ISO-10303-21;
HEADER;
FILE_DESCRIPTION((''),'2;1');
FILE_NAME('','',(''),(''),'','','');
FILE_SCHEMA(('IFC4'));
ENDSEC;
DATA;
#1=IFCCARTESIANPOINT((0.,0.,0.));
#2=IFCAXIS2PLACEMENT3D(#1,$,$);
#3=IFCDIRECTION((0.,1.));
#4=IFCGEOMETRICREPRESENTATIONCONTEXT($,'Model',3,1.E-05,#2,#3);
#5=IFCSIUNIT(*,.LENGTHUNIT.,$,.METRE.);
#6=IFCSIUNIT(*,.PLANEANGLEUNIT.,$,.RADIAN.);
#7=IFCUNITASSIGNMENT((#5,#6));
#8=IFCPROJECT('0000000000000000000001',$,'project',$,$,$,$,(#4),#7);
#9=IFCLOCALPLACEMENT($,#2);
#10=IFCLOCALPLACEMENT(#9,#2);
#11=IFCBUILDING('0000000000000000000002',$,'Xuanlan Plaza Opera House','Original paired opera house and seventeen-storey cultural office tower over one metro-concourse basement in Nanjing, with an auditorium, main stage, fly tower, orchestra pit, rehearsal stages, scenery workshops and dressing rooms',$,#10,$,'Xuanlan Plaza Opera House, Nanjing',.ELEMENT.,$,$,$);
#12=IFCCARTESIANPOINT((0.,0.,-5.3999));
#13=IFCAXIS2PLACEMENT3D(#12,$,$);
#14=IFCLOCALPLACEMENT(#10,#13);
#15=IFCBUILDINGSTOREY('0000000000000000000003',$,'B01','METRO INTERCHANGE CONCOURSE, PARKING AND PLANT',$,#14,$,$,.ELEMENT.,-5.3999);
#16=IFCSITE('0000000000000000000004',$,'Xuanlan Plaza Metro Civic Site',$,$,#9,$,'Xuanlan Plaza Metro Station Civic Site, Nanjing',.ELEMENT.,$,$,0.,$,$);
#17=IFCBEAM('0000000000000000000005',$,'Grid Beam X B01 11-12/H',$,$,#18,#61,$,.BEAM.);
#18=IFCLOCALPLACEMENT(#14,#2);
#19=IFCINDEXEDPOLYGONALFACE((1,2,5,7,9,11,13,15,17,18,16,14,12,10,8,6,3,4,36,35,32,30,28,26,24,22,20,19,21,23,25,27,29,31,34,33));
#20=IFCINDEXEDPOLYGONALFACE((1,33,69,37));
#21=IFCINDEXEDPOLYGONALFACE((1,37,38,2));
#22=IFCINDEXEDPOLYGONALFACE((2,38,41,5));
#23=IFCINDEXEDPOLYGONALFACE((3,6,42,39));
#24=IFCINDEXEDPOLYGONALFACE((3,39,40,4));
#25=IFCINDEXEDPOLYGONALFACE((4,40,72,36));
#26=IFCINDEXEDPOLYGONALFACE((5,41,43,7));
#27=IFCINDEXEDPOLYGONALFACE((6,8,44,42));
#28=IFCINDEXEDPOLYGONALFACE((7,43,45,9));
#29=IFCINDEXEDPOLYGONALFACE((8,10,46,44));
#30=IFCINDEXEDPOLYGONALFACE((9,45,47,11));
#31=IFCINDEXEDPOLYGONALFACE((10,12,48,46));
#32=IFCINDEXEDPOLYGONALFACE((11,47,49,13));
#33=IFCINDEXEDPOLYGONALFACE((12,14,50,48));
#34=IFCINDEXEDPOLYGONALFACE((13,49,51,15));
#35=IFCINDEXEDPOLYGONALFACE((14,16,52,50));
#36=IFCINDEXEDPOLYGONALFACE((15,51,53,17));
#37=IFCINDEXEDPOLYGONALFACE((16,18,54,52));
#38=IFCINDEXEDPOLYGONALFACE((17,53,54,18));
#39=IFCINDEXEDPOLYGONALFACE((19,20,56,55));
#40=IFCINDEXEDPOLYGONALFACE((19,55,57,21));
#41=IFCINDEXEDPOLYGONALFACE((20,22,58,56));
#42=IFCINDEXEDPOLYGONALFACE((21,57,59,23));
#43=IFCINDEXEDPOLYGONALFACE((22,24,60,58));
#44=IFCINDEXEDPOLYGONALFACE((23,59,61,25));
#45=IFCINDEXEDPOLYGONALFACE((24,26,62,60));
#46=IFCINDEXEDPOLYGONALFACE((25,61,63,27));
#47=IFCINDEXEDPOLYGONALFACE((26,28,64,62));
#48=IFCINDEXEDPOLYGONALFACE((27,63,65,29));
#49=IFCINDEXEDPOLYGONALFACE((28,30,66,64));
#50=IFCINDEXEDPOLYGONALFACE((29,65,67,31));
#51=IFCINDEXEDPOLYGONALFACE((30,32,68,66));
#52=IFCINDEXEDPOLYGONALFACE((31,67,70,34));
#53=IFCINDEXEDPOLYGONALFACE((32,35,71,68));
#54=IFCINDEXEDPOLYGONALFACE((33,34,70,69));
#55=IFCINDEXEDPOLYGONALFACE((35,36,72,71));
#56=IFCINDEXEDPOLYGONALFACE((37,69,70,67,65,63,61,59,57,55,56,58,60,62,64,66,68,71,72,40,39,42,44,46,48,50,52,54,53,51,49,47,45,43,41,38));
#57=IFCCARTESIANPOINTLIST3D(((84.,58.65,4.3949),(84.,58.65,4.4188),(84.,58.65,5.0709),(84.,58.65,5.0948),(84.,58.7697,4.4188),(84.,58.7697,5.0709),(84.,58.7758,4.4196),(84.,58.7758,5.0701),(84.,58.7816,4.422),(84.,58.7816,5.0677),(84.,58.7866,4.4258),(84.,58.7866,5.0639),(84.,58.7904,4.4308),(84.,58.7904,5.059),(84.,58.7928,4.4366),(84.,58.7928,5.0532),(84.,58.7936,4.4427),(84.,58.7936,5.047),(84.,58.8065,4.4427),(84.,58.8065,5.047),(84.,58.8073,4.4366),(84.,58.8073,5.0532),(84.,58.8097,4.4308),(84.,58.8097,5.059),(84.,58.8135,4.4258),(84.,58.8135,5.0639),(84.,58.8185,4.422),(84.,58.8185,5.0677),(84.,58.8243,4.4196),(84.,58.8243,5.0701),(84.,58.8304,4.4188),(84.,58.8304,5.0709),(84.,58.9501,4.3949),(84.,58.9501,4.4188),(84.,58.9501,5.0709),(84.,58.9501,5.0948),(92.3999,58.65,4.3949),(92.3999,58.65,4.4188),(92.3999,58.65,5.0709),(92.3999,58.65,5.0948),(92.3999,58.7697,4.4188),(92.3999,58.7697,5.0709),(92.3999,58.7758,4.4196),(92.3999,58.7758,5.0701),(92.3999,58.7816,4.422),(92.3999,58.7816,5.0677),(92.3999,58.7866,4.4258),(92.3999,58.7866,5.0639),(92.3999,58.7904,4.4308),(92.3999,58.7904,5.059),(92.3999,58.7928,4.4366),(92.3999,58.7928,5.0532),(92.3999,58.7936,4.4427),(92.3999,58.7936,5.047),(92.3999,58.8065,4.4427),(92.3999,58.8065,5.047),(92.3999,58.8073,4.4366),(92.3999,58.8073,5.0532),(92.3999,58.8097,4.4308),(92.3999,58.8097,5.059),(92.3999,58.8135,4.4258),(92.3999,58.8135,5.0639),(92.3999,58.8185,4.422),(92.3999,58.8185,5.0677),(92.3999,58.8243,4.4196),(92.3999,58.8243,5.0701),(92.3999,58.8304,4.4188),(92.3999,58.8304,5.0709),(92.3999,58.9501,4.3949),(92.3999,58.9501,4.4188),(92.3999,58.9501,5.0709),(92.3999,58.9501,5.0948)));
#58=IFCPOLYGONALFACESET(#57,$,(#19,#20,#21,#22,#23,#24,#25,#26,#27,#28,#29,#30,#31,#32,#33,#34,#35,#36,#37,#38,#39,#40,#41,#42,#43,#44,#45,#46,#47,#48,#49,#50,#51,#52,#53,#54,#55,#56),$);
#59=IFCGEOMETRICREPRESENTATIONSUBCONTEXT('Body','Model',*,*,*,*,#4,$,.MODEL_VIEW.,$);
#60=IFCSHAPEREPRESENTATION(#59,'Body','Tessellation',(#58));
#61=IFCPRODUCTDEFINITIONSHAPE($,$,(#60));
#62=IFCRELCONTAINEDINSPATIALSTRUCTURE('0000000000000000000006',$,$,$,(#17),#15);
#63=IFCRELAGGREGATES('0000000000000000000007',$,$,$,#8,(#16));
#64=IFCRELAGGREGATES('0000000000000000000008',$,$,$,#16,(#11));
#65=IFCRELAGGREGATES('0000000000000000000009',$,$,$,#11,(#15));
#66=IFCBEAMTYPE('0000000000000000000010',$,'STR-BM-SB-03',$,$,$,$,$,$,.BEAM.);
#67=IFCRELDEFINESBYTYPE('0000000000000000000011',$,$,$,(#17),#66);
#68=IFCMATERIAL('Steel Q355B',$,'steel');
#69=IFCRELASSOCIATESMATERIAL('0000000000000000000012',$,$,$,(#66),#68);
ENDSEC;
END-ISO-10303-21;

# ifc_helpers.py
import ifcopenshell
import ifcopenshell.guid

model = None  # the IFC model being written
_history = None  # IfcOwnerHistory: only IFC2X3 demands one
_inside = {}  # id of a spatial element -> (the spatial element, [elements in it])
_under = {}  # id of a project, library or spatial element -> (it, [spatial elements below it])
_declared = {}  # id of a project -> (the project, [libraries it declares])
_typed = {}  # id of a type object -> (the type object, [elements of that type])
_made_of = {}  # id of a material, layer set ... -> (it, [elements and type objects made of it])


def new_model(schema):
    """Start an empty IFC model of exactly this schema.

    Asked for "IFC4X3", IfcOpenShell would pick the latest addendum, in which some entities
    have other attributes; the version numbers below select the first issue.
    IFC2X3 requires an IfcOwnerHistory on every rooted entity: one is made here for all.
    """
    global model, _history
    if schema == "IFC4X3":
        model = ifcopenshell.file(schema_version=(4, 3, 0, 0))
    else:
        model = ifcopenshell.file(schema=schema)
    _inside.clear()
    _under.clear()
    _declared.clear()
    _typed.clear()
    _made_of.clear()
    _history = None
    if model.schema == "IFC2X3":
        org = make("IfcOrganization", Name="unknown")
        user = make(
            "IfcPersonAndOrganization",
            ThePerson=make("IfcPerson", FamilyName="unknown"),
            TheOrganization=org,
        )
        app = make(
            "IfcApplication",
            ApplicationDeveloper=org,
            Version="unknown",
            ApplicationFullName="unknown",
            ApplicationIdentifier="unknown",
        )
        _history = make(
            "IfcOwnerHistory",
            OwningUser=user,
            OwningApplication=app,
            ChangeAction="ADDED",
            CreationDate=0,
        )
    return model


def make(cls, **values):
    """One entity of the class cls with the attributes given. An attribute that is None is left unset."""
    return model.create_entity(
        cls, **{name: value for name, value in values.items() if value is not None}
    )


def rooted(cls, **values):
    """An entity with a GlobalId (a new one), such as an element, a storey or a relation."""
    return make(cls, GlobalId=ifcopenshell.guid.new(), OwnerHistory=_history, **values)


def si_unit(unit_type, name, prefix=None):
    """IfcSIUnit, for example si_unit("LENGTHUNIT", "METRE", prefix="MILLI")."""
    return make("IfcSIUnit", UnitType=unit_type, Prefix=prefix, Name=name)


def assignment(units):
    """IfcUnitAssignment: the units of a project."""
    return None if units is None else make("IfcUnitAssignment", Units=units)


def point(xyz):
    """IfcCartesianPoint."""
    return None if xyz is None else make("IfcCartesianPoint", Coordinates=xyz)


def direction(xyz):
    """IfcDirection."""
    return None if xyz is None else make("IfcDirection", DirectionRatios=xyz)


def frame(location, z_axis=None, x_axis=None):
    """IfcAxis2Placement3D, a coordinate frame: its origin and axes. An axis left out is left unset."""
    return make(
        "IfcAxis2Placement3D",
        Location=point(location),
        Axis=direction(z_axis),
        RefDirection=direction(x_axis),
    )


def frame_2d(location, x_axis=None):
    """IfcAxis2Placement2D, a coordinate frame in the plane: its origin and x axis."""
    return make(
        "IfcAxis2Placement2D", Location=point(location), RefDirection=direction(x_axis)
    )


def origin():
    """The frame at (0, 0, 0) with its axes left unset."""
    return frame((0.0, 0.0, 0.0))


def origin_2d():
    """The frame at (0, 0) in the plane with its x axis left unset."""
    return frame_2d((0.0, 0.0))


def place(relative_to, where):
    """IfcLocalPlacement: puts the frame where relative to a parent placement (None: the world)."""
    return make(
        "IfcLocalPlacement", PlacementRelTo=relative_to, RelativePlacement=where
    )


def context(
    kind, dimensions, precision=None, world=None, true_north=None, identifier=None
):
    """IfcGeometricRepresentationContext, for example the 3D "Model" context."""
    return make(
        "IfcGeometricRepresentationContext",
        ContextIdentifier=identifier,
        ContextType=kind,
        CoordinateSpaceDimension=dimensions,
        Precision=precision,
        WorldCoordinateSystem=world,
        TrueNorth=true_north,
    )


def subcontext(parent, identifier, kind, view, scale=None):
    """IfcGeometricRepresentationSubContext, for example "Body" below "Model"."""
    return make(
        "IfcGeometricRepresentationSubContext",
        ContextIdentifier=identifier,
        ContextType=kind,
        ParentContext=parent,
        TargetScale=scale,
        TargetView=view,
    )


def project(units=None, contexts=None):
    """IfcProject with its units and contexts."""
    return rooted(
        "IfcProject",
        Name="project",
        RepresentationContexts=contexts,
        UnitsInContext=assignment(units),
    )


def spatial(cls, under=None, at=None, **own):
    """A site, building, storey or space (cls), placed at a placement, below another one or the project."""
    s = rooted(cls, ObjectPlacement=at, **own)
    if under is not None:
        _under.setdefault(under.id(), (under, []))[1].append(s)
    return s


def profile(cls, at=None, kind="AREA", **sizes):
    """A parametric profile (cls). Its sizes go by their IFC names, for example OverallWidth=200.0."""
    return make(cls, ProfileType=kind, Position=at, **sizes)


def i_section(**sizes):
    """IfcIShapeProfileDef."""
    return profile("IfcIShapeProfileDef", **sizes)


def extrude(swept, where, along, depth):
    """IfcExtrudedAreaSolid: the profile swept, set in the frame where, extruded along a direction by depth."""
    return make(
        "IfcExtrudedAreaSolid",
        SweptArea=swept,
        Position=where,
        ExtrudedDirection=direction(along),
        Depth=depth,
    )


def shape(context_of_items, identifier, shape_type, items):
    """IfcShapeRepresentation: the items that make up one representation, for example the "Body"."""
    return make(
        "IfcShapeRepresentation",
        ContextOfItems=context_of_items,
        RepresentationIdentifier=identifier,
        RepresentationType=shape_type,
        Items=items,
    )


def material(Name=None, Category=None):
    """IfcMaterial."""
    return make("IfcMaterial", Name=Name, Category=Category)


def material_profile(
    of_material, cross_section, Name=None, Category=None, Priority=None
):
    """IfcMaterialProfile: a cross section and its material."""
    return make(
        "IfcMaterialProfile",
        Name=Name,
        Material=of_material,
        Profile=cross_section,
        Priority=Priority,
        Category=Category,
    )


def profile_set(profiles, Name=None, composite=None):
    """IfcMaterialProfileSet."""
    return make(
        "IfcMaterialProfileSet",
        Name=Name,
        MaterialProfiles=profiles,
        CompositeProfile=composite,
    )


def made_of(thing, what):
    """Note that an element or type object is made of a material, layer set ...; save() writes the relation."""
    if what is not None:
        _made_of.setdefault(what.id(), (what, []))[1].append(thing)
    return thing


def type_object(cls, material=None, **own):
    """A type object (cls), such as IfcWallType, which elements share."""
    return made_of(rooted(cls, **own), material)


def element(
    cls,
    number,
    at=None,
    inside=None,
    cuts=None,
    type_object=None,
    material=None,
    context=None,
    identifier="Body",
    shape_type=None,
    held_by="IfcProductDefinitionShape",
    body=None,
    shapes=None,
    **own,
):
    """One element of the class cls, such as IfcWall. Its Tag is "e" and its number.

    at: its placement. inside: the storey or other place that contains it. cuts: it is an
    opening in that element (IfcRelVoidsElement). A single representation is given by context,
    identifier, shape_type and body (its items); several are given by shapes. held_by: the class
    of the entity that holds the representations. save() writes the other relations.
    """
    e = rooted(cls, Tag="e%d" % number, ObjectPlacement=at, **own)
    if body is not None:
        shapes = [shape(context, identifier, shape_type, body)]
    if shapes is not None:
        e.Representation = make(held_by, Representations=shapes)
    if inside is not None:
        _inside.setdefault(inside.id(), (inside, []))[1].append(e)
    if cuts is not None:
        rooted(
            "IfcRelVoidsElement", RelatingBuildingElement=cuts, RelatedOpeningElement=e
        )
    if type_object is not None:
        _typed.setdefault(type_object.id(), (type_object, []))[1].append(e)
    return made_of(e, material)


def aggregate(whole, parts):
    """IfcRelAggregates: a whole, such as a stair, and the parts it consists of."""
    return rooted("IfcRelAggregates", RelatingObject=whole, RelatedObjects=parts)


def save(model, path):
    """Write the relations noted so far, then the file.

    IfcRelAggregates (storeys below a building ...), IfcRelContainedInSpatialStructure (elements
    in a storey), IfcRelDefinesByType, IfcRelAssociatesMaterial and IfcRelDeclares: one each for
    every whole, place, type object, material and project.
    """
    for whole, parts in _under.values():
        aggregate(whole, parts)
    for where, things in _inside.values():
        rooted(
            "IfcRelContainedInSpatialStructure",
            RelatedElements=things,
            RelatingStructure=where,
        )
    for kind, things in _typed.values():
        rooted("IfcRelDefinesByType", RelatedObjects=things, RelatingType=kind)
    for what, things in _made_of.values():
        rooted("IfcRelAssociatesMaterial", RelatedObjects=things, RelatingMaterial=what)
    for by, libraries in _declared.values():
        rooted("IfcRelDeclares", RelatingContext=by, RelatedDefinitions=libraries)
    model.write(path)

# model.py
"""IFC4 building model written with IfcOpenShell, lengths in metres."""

from ifc_helpers import new_model, si_unit, direction, frame, origin, origin_2d, place, context, subcontext, project, spatial, i_section, extrude, material, material_profile, profile_set, type_object, element, save


model = new_model("IFC4")

# Units and contexts
model_context = context("Model", 3, precision=1e-05, world=origin(), true_north=direction((0.0, 1.0)))
body_context = subcontext(model_context, "Body", "Model", "MODEL_VIEW")
ifc_project = project(units=[si_unit("LENGTHUNIT", "METRE"), si_unit("PLANEANGLEUNIT", "RADIAN")], contexts=[model_context])

# Site, building, storey
site_placement = place(None, origin())
site = spatial("IfcSite", under=ifc_project, at=site_placement, Name="Xuanlan Plaza Metro Civic Site", LongName="Xuanlan Plaza Metro Station Civic Site, Nanjing", CompositionType="ELEMENT", RefElevation=0.0)
building_placement = place(site_placement, origin())
building = spatial("IfcBuilding", under=site, at=building_placement, Name="Xuanlan Plaza Opera House", Description="Original paired opera house and seventeen-storey cultural office tower over one metro-concourse basement in Nanjing, with an auditorium, main stage, fly tower, orchestra pit, rehearsal stages, scenery workshops and dressing rooms", LongName="Xuanlan Plaza Opera House, Nanjing", CompositionType="ELEMENT")
storey_placement = place(building_placement, frame((0.0, 0.0, -5.3999)))
storey = spatial("IfcBuildingStorey", under=building, at=storey_placement, Name="B01", Description="METRO INTERCHANGE CONCOURSE, PARKING AND PLANT", CompositionType="ELEMENT", Elevation=-5.3999)

# Shared definitions
ifc_material_1 = material(Name="Steel Q355B", Category="steel")

# Beam
ifc_material_profile_1 = material_profile(ifc_material_1, i_section(OverallWidth=0.3, OverallDepth=0.7, WebThickness=0.0129, FlangeThickness=0.0239, FilletRadius=0.0239, at=origin_2d()), Name="HN 700x300x13x24")
ifc_profile_set_1 = profile_set([ifc_material_profile_1], Name="Steel Q355B")
beam_type_1 = type_object("IfcBeamType", Name="STR-BM-SB-03", PredefinedType="BEAM", material=ifc_profile_set_1)
beam_1_placement = place(storey_placement, frame((84.0, 58.8, 4.7449), z_axis=(1.0, 0.0, 0.0), x_axis=(0.0, 1.0, 0.0)))
element("IfcBeam", 1, at=beam_1_placement, inside=storey, type_object=beam_type_1, Name="Grid Beam X B01 11-12/H", PredefinedType="BEAM", context=body_context, shape_type="SweptSolid", body=[
    extrude(i_section(OverallWidth=0.3, OverallDepth=0.7, WebThickness=0.0129, FlangeThickness=0.0239, FilletRadius=0.0239, at=origin_2d()), origin(), (0.0, 0.0, 1.0), 8.3999),
])

save(model, "model.ifc")
